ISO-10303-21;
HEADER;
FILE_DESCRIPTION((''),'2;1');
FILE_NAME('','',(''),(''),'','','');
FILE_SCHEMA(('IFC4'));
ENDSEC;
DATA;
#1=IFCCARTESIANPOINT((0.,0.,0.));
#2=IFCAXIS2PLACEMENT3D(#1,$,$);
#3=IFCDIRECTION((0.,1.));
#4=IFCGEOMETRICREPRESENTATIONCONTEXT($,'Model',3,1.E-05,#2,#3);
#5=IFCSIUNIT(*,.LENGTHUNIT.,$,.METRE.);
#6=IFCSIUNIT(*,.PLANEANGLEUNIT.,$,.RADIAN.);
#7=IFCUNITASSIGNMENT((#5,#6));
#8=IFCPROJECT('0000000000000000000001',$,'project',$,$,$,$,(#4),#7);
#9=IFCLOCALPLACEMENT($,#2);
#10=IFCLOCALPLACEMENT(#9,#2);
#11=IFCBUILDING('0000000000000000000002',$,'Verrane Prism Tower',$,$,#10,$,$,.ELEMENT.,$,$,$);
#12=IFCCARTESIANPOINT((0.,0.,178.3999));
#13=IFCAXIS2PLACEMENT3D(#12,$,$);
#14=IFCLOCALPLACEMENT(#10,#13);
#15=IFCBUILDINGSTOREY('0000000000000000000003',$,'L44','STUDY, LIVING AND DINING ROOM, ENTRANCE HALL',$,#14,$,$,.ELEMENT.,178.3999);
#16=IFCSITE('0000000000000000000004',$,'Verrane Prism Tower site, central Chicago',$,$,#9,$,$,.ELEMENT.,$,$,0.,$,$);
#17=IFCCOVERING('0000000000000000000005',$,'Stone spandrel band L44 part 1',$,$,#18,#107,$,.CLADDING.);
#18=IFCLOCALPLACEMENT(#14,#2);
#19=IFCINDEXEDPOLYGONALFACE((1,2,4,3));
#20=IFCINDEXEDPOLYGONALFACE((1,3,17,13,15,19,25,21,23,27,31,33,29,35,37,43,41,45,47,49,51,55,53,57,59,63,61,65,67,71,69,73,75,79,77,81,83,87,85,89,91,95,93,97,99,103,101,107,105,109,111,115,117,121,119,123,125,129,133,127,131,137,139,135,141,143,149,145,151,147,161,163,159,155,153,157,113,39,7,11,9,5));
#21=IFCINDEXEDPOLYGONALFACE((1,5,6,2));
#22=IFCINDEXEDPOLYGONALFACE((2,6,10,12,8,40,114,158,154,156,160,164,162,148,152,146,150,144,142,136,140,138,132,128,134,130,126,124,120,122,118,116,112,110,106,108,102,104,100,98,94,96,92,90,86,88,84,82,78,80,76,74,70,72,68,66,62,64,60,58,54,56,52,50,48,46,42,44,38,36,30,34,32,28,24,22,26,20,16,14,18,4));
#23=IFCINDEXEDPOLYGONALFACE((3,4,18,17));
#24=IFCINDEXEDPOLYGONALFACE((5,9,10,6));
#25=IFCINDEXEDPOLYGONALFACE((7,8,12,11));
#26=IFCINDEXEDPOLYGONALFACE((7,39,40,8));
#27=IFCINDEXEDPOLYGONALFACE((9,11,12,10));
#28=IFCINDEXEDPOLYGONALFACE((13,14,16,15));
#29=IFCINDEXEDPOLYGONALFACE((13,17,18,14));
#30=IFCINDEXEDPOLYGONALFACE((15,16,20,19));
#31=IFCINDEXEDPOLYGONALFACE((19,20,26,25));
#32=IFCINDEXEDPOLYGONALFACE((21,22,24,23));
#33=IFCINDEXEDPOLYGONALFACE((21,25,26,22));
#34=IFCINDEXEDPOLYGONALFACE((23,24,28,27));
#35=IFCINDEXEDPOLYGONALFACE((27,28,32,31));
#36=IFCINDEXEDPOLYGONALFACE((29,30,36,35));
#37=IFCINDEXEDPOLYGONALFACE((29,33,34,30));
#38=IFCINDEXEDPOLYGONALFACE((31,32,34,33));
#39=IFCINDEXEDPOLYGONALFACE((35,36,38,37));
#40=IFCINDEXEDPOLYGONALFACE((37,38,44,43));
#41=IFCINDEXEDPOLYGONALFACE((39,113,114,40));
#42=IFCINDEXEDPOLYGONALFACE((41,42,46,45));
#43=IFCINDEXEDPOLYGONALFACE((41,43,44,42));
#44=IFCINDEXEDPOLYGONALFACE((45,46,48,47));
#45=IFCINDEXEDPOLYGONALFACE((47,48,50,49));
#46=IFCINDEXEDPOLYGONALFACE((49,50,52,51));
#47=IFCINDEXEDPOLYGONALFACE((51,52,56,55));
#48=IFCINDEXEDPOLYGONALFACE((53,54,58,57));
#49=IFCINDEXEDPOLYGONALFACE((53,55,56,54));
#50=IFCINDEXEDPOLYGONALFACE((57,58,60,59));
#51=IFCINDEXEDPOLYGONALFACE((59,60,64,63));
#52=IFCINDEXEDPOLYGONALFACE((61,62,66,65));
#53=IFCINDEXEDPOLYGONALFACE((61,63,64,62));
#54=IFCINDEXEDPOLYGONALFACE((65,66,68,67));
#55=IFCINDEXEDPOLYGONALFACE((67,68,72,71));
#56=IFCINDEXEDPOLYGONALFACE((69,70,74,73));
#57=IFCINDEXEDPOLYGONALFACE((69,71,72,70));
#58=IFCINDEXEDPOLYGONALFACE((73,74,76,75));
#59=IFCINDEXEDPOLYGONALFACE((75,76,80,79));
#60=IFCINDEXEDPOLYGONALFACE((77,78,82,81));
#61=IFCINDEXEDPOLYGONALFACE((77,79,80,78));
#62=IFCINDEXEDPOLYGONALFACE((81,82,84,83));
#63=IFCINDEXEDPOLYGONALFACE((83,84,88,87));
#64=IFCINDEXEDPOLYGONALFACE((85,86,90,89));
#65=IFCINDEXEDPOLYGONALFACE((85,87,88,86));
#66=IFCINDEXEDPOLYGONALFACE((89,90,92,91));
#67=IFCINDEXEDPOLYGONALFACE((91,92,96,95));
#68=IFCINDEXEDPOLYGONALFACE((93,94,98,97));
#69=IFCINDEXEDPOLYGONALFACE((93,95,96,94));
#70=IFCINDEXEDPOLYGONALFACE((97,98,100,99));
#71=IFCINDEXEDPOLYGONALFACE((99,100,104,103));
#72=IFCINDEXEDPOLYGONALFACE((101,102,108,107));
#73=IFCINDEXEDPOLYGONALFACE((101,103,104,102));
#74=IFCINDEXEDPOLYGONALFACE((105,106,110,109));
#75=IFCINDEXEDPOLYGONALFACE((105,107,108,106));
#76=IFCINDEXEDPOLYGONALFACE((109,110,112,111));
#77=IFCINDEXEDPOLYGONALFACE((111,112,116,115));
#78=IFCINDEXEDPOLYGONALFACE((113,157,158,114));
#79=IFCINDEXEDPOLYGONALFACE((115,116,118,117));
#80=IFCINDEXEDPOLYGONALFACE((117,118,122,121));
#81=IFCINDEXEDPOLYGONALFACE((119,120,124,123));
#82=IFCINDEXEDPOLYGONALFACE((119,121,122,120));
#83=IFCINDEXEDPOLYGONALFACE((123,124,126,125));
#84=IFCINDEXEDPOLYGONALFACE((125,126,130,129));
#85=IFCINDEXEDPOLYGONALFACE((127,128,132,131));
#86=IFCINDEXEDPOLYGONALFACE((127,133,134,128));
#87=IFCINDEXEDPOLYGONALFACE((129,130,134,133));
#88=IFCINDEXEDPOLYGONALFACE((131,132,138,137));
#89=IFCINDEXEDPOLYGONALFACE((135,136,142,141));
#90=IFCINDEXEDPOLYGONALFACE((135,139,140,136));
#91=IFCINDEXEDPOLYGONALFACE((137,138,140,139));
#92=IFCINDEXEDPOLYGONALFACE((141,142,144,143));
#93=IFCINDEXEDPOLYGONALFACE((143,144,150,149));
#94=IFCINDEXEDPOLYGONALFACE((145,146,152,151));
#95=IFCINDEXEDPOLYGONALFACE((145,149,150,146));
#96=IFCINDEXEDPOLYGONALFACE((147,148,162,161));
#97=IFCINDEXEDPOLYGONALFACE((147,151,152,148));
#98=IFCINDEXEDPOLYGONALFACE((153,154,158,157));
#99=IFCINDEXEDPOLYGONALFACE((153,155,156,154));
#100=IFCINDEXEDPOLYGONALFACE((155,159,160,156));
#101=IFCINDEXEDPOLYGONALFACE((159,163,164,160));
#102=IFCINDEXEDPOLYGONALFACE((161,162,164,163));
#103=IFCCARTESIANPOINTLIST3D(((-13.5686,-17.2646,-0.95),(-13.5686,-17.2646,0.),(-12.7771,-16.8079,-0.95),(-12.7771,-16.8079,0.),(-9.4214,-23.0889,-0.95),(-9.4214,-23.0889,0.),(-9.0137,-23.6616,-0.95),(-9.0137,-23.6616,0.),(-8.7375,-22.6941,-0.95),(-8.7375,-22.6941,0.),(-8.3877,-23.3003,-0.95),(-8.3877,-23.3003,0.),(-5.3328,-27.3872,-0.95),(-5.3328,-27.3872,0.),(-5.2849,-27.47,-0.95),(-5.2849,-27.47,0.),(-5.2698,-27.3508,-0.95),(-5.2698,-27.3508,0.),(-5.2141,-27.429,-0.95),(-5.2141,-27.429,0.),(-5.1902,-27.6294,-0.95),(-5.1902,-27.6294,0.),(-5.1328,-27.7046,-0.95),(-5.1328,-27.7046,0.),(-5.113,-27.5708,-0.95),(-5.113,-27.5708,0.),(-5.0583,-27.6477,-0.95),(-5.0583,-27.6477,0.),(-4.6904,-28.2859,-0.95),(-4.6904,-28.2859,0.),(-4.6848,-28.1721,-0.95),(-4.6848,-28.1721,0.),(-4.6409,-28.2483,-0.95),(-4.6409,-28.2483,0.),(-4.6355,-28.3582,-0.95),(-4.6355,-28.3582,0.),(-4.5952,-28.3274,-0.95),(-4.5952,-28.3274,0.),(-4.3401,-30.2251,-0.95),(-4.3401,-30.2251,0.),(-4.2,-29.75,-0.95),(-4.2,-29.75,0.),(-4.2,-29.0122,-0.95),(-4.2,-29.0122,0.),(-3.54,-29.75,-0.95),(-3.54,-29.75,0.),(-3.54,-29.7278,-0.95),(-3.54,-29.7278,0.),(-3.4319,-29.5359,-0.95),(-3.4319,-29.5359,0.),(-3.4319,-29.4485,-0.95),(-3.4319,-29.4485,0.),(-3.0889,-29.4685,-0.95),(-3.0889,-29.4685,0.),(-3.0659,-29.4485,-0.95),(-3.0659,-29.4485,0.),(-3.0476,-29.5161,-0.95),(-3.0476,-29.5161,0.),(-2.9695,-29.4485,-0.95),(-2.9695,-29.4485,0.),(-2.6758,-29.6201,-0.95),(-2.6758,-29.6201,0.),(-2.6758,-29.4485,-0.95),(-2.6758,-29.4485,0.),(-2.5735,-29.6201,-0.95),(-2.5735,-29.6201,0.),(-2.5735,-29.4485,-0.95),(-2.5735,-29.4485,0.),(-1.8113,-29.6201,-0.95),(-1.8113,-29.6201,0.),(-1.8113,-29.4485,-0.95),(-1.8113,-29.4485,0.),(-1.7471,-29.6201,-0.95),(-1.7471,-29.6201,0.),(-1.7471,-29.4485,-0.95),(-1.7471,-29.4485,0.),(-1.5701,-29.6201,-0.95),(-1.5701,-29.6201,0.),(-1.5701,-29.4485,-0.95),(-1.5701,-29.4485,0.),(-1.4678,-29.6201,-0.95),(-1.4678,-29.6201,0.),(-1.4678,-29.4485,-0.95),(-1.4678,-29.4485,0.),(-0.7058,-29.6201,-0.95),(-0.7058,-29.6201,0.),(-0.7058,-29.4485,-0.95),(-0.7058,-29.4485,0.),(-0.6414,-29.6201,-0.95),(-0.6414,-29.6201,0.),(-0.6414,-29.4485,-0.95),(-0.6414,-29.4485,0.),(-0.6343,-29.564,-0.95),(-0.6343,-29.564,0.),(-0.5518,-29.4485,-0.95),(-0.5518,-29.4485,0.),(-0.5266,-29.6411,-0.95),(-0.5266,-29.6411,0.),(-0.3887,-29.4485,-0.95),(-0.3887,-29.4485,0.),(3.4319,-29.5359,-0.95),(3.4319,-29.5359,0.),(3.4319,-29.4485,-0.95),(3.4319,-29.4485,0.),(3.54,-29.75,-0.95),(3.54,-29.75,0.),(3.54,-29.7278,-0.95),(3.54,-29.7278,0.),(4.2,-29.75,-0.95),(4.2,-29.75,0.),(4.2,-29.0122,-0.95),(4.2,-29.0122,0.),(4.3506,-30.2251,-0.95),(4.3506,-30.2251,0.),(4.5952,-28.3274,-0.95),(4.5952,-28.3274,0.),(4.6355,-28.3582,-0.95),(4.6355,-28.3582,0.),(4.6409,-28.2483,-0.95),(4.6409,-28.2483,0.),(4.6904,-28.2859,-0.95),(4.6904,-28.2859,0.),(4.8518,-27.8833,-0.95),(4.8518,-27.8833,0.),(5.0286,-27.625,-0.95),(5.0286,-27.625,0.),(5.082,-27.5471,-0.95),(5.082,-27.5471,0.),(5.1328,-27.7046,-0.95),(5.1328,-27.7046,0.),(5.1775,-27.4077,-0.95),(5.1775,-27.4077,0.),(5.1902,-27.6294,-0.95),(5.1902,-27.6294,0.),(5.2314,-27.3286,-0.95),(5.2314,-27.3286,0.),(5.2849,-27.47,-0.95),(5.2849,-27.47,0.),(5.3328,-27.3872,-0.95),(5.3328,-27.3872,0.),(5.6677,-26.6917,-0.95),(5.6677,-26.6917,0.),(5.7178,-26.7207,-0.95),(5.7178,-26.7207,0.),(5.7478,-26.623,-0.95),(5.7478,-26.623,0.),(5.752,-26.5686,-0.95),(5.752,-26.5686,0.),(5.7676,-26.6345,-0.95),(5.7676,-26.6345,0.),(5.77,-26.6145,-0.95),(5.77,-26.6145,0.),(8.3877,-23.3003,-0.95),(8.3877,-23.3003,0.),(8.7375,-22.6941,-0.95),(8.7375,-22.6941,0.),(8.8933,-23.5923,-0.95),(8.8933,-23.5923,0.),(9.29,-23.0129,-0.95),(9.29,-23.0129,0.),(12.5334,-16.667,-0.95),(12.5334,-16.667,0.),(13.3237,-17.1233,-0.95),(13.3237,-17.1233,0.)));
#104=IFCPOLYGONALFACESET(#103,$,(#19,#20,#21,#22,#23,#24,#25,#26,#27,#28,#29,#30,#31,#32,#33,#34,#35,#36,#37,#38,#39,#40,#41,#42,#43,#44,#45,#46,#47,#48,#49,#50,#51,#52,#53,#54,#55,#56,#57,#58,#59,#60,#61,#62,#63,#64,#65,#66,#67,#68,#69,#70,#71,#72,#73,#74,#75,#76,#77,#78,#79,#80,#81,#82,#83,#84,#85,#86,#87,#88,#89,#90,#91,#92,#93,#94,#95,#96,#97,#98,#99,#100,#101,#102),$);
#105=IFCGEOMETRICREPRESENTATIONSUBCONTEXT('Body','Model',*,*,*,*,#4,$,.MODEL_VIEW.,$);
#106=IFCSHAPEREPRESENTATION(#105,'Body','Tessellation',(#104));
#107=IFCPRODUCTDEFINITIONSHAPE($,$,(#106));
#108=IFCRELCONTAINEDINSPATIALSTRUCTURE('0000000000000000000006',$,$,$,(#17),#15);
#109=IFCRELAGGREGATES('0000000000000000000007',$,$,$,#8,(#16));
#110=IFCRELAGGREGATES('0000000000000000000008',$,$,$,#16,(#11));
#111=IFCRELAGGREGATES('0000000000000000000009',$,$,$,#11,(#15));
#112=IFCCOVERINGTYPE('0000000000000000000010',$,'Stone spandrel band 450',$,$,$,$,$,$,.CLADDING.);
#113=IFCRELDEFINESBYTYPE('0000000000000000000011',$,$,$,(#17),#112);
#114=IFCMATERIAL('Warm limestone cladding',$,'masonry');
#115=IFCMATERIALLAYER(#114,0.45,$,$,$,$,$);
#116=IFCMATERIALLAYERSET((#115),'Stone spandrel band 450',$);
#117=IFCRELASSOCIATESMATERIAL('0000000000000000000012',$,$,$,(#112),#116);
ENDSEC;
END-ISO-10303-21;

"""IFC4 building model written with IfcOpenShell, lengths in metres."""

from ifc_helpers import new_model, si_unit, direction, frame, origin, place, context, subcontext, project, spatial, polyline, outline, extrude, material, layer, layer_set, type_object, element, save


model = new_model("IFC4")

# Units and contexts
model_context = context("Model", 3, precision=1e-05, world=origin(), true_north=direction((0.0, 1.0)))
body_context = subcontext(model_context, "Body", "Model", "MODEL_VIEW")
ifc_project = project(units=[si_unit("LENGTHUNIT", "METRE"), si_unit("PLANEANGLEUNIT", "RADIAN")], contexts=[model_context])

# Site, building, storey
site_placement = place(None, origin())
site = spatial("IfcSite", under=ifc_project, at=site_placement, Name="Verrane Prism Tower site, central Chicago", CompositionType="ELEMENT", RefElevation=0.0)
building_placement = place(site_placement, origin())
building = spatial("IfcBuilding", under=site, at=building_placement, Name="Verrane Prism Tower", CompositionType="ELEMENT")
storey_placement = place(building_placement, frame((0.0, 0.0, 178.3999)))
storey = spatial("IfcBuildingStorey", under=building, at=storey_placement, Name="L44", Description="STUDY, LIVING AND DINING ROOM, ENTRANCE HALL", CompositionType="ELEMENT", Elevation=178.3999)

# Covering
ifc_material_1 = material(Name="Warm limestone cladding", Category="masonry")
ifc_layer_1 = layer(ifc_material_1, 0.45)
ifc_layer_set_1 = layer_set([ifc_layer_1], Name="Stone spandrel band 450")
covering_type_1 = type_object("IfcCoveringType", Name="Stone spandrel band 450", PredefinedType="CLADDING", material=ifc_layer_set_1)
covering_1_placement = place(storey_placement, frame((0.0, 0.0, -0.95)))
element("IfcCovering", 1, at=covering_1_placement, inside=storey, type_object=covering_type_1, Name="Stone spandrel band L44 part 1", PredefinedType="CLADDING", context=body_context, shape_type="SweptSolid", body=[
    extrude(outline(polyline([(4.3506, -30.2251), (8.8933, -23.5923), (8.3877, -23.3003), (8.7375, -22.6941), (9.29, -23.0129), (13.3237, -17.1233), (12.5334, -16.667), (5.752, -26.5686), (5.77, -26.6145), (5.7478, -26.623), (5.7676, -26.6345), (5.7178, -26.7207), (5.6677, -26.6917), (5.2314, -27.3286), (5.3328, -27.3872), (5.2849, -27.47), (5.1775, -27.4077), (5.082, -27.5471), (5.1902, -27.6294), (5.1328, -27.7046), (5.0286, -27.625), (4.8518, -27.8833), (4.6409, -28.2483), (4.6904, -28.2859), (4.6355, -28.3582), (4.5952, -28.3274), (4.2, -29.0122), (4.2, -29.75), (3.54, -29.75), (3.54, -29.7278), (3.4319, -29.5359), (3.4319, -29.4485), (-0.3887, -29.4485), (-0.5266, -29.6411), (-0.6343, -29.564), (-0.5518, -29.4485), (-0.6414, -29.4485), (-0.6414, -29.6201), (-0.7058, -29.6201), (-0.7058, -29.4485), (-1.4678, -29.4485), (-1.4678, -29.6201), (-1.5701, -29.6201), (-1.5701, -29.4485), (-1.7471, -29.4485), (-1.7471, -29.6201), (-1.8113, -29.6201), (-1.8113, -29.4485), (-2.5735, -29.4485), (-2.5735, -29.6201), (-2.6758, -29.6201), (-2.6758, -29.4485), (-2.9695, -29.4485), (-3.0476, -29.5161), (-3.0889, -29.4685), (-3.0659, -29.4485), (-3.4319, -29.4485), (-3.4319, -29.5359), (-3.54, -29.7278), (-3.54, -29.75), (-4.2, -29.75), (-4.2, -29.0122), (-4.5952, -28.3274), (-4.6355, -28.3582), (-4.6904, -28.2859), (-4.6409, -28.2483), (-4.6848, -28.1721), (-5.0583, -27.6477), (-5.1328, -27.7046), (-5.1902, -27.6294), (-5.113, -27.5708), (-5.2141, -27.429), (-5.2849, -27.47), (-5.3328, -27.3872), (-5.2698, -27.3508), (-12.7771, -16.8079), (-13.5686, -17.2646), (-9.4214, -23.0889), (-8.7375, -22.6941), (-8.3877, -23.3003), (-9.0137, -23.6616), (-4.3401, -30.2251), (4.3506, -30.2251)])), origin(), (0.0, 0.0, 1.0), 0.95),
])

save(model, "model.ifc")
